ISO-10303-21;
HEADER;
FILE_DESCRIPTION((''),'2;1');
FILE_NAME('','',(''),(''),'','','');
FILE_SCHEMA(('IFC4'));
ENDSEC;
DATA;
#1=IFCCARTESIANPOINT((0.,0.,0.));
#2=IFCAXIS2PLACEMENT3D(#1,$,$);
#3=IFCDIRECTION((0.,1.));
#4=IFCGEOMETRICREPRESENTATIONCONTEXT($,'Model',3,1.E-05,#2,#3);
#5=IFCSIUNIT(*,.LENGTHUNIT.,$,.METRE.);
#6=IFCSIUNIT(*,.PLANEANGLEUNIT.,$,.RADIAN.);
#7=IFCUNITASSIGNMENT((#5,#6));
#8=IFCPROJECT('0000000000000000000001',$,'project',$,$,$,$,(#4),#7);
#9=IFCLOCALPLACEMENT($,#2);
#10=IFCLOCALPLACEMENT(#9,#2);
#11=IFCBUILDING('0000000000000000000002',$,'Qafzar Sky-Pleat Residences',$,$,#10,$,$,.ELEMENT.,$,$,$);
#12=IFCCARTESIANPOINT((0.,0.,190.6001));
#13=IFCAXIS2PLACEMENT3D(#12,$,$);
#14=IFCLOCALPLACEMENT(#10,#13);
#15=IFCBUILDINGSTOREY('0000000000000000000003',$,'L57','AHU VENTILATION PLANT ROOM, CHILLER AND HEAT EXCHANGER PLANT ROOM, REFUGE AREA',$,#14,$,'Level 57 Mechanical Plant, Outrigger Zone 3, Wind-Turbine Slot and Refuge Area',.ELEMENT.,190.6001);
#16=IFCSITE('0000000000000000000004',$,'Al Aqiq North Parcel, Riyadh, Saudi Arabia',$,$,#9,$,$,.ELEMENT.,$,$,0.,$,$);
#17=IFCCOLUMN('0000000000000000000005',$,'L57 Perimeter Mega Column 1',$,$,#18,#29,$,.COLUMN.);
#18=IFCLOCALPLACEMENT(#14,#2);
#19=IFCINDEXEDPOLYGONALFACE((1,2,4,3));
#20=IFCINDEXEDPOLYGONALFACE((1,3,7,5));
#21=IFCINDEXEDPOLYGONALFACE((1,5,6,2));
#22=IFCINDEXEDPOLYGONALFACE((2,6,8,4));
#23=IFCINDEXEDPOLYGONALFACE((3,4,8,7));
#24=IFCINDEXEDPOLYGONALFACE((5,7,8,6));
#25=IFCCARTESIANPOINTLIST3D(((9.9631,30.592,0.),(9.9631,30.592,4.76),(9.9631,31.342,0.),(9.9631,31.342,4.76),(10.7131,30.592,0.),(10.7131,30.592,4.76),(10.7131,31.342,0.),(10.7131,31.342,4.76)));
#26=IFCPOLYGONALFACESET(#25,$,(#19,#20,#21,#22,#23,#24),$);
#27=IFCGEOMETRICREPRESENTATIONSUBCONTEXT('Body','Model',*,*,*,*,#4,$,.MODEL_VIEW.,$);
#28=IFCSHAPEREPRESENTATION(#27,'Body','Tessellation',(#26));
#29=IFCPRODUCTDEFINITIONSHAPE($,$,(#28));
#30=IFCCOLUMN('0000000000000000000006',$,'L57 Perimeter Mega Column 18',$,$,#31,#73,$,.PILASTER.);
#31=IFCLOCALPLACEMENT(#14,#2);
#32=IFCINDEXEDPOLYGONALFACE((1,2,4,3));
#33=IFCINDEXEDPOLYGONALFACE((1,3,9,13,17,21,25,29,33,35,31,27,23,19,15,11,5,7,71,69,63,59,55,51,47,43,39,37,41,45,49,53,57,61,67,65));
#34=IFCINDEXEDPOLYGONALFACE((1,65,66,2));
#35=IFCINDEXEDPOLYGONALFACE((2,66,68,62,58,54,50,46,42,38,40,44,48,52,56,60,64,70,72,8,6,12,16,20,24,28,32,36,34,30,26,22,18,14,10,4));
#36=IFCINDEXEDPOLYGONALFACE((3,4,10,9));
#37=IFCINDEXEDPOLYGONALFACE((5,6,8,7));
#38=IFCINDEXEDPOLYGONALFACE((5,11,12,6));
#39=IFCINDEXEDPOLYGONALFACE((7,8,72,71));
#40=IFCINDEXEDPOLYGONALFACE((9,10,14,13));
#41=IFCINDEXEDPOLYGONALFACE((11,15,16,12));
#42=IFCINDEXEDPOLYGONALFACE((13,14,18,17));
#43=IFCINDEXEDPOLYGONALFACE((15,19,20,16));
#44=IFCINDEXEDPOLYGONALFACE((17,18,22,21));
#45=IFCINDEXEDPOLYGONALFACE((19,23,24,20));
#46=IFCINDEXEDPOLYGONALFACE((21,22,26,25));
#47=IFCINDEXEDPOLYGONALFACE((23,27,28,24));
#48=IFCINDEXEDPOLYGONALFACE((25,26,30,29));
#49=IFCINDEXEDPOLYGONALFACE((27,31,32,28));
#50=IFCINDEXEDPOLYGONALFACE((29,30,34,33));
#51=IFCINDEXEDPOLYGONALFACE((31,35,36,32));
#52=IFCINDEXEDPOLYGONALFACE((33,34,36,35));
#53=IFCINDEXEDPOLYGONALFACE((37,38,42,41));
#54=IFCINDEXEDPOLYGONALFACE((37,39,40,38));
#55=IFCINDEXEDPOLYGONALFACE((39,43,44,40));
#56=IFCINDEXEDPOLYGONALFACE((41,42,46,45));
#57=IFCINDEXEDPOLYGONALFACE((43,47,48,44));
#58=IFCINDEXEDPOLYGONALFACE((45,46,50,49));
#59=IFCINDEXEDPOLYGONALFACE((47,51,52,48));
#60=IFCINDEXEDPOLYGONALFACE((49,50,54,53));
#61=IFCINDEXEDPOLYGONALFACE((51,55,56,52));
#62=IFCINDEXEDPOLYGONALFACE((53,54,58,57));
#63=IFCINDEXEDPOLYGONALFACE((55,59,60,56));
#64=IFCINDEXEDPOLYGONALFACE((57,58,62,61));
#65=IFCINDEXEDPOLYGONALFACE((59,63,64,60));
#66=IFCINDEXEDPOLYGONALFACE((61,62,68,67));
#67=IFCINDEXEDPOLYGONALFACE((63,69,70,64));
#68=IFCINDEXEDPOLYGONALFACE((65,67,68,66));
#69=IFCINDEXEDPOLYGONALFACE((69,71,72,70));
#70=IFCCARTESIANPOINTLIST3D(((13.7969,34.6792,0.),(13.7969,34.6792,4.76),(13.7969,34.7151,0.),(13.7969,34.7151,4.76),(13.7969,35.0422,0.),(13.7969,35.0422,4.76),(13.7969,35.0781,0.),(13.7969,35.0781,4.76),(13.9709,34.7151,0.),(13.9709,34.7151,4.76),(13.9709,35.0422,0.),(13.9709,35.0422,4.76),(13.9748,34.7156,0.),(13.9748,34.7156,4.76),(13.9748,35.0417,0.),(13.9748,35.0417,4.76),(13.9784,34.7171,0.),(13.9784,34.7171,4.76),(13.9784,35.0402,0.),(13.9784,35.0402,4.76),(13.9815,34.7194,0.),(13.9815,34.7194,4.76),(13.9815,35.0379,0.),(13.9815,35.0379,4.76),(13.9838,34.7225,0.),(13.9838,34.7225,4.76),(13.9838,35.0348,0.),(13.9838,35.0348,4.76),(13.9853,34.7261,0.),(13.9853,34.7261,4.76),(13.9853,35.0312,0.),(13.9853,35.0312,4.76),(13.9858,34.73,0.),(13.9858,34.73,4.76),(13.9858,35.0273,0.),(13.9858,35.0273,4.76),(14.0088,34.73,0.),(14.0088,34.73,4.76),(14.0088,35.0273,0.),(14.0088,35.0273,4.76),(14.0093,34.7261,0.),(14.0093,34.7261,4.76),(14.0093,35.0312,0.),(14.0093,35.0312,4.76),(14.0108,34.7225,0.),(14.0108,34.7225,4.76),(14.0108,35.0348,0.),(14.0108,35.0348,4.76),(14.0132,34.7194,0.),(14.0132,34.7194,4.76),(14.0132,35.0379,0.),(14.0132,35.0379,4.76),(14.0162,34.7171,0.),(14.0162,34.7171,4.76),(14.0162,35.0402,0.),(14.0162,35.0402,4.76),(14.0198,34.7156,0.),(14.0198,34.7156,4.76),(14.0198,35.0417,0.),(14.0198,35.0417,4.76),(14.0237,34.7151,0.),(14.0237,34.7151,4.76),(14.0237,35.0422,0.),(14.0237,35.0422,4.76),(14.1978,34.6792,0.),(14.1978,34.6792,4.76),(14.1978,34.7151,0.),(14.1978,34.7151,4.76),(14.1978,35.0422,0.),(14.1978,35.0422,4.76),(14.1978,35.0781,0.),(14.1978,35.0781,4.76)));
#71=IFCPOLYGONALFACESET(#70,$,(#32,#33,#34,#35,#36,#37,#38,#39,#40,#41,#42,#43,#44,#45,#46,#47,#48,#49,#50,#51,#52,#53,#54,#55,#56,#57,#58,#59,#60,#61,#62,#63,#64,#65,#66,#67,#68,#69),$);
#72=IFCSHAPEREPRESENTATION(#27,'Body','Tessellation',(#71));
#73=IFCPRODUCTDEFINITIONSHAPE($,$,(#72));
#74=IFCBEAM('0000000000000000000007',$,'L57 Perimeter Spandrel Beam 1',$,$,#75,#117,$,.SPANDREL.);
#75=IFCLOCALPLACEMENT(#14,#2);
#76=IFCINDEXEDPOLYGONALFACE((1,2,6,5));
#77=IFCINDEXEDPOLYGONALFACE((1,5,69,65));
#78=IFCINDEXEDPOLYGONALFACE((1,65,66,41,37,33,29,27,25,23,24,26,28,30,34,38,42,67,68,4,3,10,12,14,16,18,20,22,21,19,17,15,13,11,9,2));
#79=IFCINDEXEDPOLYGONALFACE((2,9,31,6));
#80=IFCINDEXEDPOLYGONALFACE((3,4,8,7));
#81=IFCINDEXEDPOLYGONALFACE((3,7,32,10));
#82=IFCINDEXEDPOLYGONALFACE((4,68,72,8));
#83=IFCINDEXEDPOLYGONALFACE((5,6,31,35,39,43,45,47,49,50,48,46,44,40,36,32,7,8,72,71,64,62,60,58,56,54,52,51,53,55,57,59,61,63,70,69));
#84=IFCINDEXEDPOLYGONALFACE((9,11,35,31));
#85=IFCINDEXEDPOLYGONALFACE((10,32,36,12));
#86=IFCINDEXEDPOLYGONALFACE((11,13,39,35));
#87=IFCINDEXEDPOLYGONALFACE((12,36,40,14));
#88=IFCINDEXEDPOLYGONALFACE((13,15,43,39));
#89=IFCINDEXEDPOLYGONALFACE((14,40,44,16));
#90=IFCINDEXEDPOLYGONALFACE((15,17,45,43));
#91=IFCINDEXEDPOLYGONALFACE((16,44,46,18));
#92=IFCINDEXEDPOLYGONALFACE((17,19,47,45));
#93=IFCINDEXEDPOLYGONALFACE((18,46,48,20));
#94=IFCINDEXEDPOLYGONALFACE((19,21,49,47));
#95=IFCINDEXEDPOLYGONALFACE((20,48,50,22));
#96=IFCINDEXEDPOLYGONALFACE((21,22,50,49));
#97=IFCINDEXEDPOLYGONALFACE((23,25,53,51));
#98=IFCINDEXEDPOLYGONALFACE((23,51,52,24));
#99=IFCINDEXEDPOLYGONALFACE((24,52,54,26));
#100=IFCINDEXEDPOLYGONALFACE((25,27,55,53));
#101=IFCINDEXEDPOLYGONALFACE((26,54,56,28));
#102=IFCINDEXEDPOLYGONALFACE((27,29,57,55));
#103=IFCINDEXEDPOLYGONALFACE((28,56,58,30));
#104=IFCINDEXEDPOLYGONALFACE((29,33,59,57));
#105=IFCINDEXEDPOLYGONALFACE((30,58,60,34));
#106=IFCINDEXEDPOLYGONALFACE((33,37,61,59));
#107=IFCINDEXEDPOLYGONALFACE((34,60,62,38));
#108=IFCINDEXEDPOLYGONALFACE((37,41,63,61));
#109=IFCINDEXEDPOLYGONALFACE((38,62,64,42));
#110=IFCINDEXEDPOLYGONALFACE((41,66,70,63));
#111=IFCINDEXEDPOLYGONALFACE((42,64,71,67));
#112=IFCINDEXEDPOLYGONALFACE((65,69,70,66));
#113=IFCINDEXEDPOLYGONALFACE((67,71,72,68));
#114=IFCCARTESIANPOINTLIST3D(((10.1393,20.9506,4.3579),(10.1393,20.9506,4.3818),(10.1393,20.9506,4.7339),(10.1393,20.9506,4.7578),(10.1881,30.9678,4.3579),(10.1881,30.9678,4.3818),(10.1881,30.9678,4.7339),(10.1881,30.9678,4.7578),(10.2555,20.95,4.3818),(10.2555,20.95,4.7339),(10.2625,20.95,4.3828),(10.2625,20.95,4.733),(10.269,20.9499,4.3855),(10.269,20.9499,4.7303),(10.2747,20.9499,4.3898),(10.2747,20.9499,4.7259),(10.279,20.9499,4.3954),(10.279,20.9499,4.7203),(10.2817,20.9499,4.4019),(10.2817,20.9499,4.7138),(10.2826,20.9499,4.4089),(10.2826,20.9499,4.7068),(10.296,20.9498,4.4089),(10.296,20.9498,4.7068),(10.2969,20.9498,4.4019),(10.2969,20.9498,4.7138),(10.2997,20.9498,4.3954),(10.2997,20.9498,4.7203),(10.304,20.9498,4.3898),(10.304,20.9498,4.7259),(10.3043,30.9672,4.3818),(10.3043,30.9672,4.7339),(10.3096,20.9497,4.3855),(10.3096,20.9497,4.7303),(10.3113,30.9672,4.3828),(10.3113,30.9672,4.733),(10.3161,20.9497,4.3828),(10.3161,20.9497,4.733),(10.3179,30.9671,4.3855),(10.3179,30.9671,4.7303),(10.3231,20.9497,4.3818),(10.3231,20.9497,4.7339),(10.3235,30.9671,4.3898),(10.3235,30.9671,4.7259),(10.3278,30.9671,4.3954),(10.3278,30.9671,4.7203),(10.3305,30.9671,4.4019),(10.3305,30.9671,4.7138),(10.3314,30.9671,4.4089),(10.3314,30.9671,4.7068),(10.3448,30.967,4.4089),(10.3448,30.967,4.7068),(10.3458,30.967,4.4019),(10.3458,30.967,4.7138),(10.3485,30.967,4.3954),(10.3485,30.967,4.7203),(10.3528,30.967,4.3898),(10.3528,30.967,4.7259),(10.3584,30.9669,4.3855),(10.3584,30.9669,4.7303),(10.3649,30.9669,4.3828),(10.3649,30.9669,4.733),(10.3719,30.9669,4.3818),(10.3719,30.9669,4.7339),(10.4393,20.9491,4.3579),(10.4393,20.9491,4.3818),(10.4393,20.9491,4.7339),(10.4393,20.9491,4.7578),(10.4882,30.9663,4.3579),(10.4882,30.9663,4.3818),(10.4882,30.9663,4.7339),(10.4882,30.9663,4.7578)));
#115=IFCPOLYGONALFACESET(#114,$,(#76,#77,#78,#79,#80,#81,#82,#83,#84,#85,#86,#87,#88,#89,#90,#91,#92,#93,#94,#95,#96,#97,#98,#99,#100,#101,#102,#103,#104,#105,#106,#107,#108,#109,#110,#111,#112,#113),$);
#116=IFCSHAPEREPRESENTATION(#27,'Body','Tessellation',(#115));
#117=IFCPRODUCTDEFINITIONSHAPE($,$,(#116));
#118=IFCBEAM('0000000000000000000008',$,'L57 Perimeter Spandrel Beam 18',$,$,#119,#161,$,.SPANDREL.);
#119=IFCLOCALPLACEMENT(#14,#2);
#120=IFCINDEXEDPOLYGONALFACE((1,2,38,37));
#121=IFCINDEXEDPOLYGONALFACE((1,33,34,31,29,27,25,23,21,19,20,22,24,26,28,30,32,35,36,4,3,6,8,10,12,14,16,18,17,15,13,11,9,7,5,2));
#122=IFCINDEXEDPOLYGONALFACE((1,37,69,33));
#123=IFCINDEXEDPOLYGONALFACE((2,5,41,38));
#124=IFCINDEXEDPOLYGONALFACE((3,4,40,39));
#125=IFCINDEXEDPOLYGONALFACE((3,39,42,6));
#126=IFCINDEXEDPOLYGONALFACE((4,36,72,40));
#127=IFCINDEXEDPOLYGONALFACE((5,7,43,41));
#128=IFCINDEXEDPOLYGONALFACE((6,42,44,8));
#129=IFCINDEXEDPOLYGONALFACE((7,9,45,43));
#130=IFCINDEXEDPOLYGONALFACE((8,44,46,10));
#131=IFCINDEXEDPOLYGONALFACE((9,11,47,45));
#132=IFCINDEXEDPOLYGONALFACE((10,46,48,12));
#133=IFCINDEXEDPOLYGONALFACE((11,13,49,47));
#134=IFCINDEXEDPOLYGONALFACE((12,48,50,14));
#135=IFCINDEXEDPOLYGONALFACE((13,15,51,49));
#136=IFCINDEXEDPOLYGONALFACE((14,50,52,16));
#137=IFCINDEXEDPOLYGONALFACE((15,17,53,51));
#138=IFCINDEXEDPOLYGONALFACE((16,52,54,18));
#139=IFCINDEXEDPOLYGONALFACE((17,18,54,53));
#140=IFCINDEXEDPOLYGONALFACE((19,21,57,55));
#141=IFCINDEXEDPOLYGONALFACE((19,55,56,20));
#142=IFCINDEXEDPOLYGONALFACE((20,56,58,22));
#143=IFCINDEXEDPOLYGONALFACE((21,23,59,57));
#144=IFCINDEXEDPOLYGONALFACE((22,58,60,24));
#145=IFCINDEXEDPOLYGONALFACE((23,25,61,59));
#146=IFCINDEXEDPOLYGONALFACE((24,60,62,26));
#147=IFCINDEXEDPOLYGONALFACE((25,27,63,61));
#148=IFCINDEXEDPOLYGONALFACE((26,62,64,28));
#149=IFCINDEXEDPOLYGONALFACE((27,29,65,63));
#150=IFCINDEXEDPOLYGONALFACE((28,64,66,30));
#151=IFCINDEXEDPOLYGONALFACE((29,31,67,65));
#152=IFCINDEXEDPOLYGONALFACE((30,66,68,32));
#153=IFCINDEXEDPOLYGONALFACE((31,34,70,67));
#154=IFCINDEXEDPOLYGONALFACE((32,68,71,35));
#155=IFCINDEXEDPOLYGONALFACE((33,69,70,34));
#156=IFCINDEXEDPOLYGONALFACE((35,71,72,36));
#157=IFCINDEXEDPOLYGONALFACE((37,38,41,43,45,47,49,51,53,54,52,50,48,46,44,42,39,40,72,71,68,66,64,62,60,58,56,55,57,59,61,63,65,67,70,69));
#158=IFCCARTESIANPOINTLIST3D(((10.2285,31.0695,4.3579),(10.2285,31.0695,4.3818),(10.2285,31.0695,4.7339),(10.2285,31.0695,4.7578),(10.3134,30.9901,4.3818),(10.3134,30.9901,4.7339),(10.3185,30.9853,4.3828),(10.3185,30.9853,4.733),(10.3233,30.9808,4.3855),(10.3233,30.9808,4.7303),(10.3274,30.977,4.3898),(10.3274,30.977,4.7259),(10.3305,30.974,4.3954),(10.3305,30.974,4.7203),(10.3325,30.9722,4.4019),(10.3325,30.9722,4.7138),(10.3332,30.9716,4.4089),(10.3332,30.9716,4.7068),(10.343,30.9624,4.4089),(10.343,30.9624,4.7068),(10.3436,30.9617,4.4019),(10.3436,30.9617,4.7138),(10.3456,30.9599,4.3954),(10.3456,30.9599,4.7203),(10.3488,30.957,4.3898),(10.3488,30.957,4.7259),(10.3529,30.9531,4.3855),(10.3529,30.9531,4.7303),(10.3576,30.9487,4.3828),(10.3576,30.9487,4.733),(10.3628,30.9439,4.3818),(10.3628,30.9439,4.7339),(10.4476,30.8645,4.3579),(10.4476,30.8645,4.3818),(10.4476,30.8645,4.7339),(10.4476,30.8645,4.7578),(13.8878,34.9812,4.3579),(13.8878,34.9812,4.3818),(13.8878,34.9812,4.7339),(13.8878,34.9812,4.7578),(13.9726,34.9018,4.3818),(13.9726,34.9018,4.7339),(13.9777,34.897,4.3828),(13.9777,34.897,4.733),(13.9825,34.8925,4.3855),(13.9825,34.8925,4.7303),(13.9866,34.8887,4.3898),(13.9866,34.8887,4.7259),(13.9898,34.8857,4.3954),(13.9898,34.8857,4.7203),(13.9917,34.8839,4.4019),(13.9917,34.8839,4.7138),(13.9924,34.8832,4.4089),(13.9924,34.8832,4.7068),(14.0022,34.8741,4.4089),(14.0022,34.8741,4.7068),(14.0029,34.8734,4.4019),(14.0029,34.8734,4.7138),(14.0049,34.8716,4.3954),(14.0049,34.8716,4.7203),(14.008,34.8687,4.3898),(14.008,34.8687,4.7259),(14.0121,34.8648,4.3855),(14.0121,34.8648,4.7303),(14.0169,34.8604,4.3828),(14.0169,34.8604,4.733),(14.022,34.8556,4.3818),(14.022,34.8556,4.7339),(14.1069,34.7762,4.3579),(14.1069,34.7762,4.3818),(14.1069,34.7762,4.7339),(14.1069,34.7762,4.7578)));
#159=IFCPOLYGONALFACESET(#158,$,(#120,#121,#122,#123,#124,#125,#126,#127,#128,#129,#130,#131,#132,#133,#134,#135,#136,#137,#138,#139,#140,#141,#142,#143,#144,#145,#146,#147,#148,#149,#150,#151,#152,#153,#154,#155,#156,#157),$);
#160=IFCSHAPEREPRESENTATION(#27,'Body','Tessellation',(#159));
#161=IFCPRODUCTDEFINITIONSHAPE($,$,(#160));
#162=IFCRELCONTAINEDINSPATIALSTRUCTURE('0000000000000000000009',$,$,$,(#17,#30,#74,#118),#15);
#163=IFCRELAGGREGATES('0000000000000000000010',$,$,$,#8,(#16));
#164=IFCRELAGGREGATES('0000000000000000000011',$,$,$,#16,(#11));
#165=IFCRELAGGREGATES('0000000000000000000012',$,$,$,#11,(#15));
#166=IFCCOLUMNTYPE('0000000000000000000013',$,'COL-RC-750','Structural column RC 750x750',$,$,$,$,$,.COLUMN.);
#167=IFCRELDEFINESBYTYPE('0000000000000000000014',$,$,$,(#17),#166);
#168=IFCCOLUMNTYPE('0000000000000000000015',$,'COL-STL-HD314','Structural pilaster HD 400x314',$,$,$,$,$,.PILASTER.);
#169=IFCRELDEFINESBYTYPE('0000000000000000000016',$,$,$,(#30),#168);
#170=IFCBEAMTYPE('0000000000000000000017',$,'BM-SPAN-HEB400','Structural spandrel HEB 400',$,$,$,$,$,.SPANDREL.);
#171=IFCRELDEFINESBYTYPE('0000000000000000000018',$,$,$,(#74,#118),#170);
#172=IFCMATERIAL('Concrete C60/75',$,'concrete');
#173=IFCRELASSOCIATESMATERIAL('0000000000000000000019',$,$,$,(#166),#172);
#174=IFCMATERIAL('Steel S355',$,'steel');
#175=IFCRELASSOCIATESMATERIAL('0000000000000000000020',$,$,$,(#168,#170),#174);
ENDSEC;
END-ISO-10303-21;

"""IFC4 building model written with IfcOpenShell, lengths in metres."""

from ifc_helpers import new_model, si_unit, direction, frame, origin, origin_2d, place, context, subcontext, project, spatial, rectangle, i_section, extrude, source, transform, mapped, material, material_profile, profile_set, type_object, element, save


model = new_model("IFC4")

# Units and contexts
model_context = context("Model", 3, precision=1e-05, world=origin(), true_north=direction((0.0, 1.0)))
body_context = subcontext(model_context, "Body", "Model", "MODEL_VIEW")
ifc_project = project(units=[si_unit("LENGTHUNIT", "METRE"), si_unit("PLANEANGLEUNIT", "RADIAN")], contexts=[model_context])

# Site, building, storey
site_placement = place(None, origin())
site = spatial("IfcSite", under=ifc_project, at=site_placement, Name="Al Aqiq North Parcel, Riyadh, Saudi Arabia", CompositionType="ELEMENT", RefElevation=0.0)
building_placement = place(site_placement, origin())
building = spatial("IfcBuilding", under=site, at=building_placement, Name="Qafzar Sky-Pleat Residences", CompositionType="ELEMENT")
storey_placement = place(building_placement, frame((0.0, 0.0, 190.6001)))
storey = spatial("IfcBuildingStorey", under=building, at=storey_placement, Name="L57", Description="AHU VENTILATION PLANT ROOM, CHILLER AND HEAT EXCHANGER PLANT ROOM, REFUGE AREA", LongName="Level 57 Mechanical Plant, Outrigger Zone 3, Wind-Turbine Slot and Refuge Area", CompositionType="ELEMENT", Elevation=190.6001)

# Columns
ifc_material_1 = material(Name="Concrete C60/75", Category="concrete")
ifc_material_profile_1 = material_profile(ifc_material_1, rectangle(XDim=0.75, YDim=0.75, at=origin_2d()), Name="RC 750x750")
ifc_profile_set_1 = profile_set([ifc_material_profile_1], Name="Concrete C60/75")
column_type_1 = type_object("IfcColumnType", Name="COL-RC-750", Description="Structural column RC 750x750", PredefinedType="COLUMN", material=ifc_profile_set_1)
shared_shape_1 = source(origin(), body_context, "Body", "SweptSolid", [
    extrude(rectangle(XDim=0.75, YDim=0.75, at=origin_2d()), origin(), (0.0, 0.0, 1.0), 4.76),
])
column_1_placement = place(storey_placement, frame((10.3381, 30.967, 0.0), z_axis=(0.0, 0.0, 1.0), x_axis=(1.0, 0.0, 0.0)))
element("IfcColumn", 1, at=column_1_placement, inside=storey, type_object=column_type_1, Name="L57 Perimeter Mega Column 1", PredefinedType="COLUMN", context=body_context, shape_type="MappedRepresentation", body=[
    mapped(shared_shape_1, transform((0.0, 0.0, 0.0), x_axis=(1.0, 0.0, 0.0), y_axis=(0.0, 1.0, 0.0), z_axis=(0.0, 0.0, 1.0), scale=1.0)),
])
ifc_material_2 = material(Name="Steel S355", Category="steel")
ifc_material_profile_2 = material_profile(ifc_material_2, i_section(OverallWidth=0.4009, OverallDepth=0.3989, WebThickness=0.0229, FlangeThickness=0.0359, FilletRadius=0.0149, at=origin_2d()), Name="HD 400x314")
ifc_profile_set_2 = profile_set([ifc_material_profile_2], Name="Steel S355")
column_type_2 = type_object("IfcColumnType", Name="COL-STL-HD314", Description="Structural pilaster HD 400x314", PredefinedType="PILASTER", material=ifc_profile_set_2)
shared_shape_2 = source(origin(), body_context, "Body", "SweptSolid", [
    extrude(i_section(OverallWidth=0.4009, OverallDepth=0.3989, WebThickness=0.0229, FlangeThickness=0.0359, FilletRadius=0.0149, at=origin_2d()), origin(), (0.0, 0.0, 1.0), 4.76),
])
column_2_placement = place(storey_placement, frame((13.9973, 34.8787, 0.0), z_axis=(0.0, 0.0, 1.0), x_axis=(1.0, 0.0, 0.0)))
element("IfcColumn", 2, at=column_2_placement, inside=storey, type_object=column_type_2, Name="L57 Perimeter Mega Column 18", PredefinedType="PILASTER", context=body_context, shape_type="MappedRepresentation", body=[
    mapped(shared_shape_2, transform((0.0, 0.0, 0.0), x_axis=(1.0, 0.0, 0.0), y_axis=(0.0, 1.0, 0.0), z_axis=(0.0, 0.0, 1.0), scale=1.0)),
])

# Beams
ifc_material_profile_3 = material_profile(ifc_material_2, i_section(OverallWidth=0.3, OverallDepth=0.3999, WebThickness=0.0134, FlangeThickness=0.0239, FilletRadius=0.0271, at=origin_2d()), Name="HEB 400")
ifc_profile_set_3 = profile_set([ifc_material_profile_3], Name="Steel S355")
beam_type_1 = type_object("IfcBeamType", Name="BM-SPAN-HEB400", Description="Structural spandrel HEB 400", PredefinedType="SPANDREL", material=ifc_profile_set_3)
shared_shape_3 = source(origin(), body_context, "Body", "SweptSolid", [
    extrude(i_section(OverallWidth=0.3, OverallDepth=0.3999, WebThickness=0.0134, FlangeThickness=0.0239, FilletRadius=0.0271, at=origin_2d()), origin(), (0.0, 0.0, 1.0), 10.0173),
])
beam_1_placement = place(storey_placement, frame((10.3381, 30.967, 4.5579), z_axis=(-0.004874, -0.999988, 0.0), x_axis=(0.999988, -0.004874, 0.0)))
element("IfcBeam", 3, at=beam_1_placement, inside=storey, type_object=beam_type_1, Name="L57 Perimeter Spandrel Beam 1", PredefinedType="SPANDREL", context=body_context, shape_type="MappedRepresentation", body=[
    mapped(shared_shape_3, transform((0.0, 0.0, 0.0), x_axis=(1.0, 0.0, 0.0), y_axis=(0.0, 1.0, 0.0), z_axis=(0.0, 0.0, 1.0), scale=1.0)),
])
shared_shape_4 = source(origin(), body_context, "Body", "SweptSolid", [
    extrude(i_section(OverallWidth=0.3, OverallDepth=0.3999, WebThickness=0.0134, FlangeThickness=0.0239, FilletRadius=0.0271, at=origin_2d()), origin(), (0.0, 0.0, 1.0), 5.3564),
])
beam_2_placement = place(storey_placement, frame((13.9973, 34.8787, 4.5579), z_axis=(-0.683149, -0.730279, 0.0), x_axis=(0.730279, -0.683149, 0.0)))
element("IfcBeam", 4, at=beam_2_placement, inside=storey, type_object=beam_type_1, Name="L57 Perimeter Spandrel Beam 18", PredefinedType="SPANDREL", context=body_context, shape_type="MappedRepresentation", body=[
    mapped(shared_shape_4, transform((0.0, 0.0, 0.0), x_axis=(1.0, 0.0, 0.0), y_axis=(0.0, 1.0, 0.0), z_axis=(0.0, 0.0, 1.0), scale=1.0)),
])

save(model, "model.ifc")
